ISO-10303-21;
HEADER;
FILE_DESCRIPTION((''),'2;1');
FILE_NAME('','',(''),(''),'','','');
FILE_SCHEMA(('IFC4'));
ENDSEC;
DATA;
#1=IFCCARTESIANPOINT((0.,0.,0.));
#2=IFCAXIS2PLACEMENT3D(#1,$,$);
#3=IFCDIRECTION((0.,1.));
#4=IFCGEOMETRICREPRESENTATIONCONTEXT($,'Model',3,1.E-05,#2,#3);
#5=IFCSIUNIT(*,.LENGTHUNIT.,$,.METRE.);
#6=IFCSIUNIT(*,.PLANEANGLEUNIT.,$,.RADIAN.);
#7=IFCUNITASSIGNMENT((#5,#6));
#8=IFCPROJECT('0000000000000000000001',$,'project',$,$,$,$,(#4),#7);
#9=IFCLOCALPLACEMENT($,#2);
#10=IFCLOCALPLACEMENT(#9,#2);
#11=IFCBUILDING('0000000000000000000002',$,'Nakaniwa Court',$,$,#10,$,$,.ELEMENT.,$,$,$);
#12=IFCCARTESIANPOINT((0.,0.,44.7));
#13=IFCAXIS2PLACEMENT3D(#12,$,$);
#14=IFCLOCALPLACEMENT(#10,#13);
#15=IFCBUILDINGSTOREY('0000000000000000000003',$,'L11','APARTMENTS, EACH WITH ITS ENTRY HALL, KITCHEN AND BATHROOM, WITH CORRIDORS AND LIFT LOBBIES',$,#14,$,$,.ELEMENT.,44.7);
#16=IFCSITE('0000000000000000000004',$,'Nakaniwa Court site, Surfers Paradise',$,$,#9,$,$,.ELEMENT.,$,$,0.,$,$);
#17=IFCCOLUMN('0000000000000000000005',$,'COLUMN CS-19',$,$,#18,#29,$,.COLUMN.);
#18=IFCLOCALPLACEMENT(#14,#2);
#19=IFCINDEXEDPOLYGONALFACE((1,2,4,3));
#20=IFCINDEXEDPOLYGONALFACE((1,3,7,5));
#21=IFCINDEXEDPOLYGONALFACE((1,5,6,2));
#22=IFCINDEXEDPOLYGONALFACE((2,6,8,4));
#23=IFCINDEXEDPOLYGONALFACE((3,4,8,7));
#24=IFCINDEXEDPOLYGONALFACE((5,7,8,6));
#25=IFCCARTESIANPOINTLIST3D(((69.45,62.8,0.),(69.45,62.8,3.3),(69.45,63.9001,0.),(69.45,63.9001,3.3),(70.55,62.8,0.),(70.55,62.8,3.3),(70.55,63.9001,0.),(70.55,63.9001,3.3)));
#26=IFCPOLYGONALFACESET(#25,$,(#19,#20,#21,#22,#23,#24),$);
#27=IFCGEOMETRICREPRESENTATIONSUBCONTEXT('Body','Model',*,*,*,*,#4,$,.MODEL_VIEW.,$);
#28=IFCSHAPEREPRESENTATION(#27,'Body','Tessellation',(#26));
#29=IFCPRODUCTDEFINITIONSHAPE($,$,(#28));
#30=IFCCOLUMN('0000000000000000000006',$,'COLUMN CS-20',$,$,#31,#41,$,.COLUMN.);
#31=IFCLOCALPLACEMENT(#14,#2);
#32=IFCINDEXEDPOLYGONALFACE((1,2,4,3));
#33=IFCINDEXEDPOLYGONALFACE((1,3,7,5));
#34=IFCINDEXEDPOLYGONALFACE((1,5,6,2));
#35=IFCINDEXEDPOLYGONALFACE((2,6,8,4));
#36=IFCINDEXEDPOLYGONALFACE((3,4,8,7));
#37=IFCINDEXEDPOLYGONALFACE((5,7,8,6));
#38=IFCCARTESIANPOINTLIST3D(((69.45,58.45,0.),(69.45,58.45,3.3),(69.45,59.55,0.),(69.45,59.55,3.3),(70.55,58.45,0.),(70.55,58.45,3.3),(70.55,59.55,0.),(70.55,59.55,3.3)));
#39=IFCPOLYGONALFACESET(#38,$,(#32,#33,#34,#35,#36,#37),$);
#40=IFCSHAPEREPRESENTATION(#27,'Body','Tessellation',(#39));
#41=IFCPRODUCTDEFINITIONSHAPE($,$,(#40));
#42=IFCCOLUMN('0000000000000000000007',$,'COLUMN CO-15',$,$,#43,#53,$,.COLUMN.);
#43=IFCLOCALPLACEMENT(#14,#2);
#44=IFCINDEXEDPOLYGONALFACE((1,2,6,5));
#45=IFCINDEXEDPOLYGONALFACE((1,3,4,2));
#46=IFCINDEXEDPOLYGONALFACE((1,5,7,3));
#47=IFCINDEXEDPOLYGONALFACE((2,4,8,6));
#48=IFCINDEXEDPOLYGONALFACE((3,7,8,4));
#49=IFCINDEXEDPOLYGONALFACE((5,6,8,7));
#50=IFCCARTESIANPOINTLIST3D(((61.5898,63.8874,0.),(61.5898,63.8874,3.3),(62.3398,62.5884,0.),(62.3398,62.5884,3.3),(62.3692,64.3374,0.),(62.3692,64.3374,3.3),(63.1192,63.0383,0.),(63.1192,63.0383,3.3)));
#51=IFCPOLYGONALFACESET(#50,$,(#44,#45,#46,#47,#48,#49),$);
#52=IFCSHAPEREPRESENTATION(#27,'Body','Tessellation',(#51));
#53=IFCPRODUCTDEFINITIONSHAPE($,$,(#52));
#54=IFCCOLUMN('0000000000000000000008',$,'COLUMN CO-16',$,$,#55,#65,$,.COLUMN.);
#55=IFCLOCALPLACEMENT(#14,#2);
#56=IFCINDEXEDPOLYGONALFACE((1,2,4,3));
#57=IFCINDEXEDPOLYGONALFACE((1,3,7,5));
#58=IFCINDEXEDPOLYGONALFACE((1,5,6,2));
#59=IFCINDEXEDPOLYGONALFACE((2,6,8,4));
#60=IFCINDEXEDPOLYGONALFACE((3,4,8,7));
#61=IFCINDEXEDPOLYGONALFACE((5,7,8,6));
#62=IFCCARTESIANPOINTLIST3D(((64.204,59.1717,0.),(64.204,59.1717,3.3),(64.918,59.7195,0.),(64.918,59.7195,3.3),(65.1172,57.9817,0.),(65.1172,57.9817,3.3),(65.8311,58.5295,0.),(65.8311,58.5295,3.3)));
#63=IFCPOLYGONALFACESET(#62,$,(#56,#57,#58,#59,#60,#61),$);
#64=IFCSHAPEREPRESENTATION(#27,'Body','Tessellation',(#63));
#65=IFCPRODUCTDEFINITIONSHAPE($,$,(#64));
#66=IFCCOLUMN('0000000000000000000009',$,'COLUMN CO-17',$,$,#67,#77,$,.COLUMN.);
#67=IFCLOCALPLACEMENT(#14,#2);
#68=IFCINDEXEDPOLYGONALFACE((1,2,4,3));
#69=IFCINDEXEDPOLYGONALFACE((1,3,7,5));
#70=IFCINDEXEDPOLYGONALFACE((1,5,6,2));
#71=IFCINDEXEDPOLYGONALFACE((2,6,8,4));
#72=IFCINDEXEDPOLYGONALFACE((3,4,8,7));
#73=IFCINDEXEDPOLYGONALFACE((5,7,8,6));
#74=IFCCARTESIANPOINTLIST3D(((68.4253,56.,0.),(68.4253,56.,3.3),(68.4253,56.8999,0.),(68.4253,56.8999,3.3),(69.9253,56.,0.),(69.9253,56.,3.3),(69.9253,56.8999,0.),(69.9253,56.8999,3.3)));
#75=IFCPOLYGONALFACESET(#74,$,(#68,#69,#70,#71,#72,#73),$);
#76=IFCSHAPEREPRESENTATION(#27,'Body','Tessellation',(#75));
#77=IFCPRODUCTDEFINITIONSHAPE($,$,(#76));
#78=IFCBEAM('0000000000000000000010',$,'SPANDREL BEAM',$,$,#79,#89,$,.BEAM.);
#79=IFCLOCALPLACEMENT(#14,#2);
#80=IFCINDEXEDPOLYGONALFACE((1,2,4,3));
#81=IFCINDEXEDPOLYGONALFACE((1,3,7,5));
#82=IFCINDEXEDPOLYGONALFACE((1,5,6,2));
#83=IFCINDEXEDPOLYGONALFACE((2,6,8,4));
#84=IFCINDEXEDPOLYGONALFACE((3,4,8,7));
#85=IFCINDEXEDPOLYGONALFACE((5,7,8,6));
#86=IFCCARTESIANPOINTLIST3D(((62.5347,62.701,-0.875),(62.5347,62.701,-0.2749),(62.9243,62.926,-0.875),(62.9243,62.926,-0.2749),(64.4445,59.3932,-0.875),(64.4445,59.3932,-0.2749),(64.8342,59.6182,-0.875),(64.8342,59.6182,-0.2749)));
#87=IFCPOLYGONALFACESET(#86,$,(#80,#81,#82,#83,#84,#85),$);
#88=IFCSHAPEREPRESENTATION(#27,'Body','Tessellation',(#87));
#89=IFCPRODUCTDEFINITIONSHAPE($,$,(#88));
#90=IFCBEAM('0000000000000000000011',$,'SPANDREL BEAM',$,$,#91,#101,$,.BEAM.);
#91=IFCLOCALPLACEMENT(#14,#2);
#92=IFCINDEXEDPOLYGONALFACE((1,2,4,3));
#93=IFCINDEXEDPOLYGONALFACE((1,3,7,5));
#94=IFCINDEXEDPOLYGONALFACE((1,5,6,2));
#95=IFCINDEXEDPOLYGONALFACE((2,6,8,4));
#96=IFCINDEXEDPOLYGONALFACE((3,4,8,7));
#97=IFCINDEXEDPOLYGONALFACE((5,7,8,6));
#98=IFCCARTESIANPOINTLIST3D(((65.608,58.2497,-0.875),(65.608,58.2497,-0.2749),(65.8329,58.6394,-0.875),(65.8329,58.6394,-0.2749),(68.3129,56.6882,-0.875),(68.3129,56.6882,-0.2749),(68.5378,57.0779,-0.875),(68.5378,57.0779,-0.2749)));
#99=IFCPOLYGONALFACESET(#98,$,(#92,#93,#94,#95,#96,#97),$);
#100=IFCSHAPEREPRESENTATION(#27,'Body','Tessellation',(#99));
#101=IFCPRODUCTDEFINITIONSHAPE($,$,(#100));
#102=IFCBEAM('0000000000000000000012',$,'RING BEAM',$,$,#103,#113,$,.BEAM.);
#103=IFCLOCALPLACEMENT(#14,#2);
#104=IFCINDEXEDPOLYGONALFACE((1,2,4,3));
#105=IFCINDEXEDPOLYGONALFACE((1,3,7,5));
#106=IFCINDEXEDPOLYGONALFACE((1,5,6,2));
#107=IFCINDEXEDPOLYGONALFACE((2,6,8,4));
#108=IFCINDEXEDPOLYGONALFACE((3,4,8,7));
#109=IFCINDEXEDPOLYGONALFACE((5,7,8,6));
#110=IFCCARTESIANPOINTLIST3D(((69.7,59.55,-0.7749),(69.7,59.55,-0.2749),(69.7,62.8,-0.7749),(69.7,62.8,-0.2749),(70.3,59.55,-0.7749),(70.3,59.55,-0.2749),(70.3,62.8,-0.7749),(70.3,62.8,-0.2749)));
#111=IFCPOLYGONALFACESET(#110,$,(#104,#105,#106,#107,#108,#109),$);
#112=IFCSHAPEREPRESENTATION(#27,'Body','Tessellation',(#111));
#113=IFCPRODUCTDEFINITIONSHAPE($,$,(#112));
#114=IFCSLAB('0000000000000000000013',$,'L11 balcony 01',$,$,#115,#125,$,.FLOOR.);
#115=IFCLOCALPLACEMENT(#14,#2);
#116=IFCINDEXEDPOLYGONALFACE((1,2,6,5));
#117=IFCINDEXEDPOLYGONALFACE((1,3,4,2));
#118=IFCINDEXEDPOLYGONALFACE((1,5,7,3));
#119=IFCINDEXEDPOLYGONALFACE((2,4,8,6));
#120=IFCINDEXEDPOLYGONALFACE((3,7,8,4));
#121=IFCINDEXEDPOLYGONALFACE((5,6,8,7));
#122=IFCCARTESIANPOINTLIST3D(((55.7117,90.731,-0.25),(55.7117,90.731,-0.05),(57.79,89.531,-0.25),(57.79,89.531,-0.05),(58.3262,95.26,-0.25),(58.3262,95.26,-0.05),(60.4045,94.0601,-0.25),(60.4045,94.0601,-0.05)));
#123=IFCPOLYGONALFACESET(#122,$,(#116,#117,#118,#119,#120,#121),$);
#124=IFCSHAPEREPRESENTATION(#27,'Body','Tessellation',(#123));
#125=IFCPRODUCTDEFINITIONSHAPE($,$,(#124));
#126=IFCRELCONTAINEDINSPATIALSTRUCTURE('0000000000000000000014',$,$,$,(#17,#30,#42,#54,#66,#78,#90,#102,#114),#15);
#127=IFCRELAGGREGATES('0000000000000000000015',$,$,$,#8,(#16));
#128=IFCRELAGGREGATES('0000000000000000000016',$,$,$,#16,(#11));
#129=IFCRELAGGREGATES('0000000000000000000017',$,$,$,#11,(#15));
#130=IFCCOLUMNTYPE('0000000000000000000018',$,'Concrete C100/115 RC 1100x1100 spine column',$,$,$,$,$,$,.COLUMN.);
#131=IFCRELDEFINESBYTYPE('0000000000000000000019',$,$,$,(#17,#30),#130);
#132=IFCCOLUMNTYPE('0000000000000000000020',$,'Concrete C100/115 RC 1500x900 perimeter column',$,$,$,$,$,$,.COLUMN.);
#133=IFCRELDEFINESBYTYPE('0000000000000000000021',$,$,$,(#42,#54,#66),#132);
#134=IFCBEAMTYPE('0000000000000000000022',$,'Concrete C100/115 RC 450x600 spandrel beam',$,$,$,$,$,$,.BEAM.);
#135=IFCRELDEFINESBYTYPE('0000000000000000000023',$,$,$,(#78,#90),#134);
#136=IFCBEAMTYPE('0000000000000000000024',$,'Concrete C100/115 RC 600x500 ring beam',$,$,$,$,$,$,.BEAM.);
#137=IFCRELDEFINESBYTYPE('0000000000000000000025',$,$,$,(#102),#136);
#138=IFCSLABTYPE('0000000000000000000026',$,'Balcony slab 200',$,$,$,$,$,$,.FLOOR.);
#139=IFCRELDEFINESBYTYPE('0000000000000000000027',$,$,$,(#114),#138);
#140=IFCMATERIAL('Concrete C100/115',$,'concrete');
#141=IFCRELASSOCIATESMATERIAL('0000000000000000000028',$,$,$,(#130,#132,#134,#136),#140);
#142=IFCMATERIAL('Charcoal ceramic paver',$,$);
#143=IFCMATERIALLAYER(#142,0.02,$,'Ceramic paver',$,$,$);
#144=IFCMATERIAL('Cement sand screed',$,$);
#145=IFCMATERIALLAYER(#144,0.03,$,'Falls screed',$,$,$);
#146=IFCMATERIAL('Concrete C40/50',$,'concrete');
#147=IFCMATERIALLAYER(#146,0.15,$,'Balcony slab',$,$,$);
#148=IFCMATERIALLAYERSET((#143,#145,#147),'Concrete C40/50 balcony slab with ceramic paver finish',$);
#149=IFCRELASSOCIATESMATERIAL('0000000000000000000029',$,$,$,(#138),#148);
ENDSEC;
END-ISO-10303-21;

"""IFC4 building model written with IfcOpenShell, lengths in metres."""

from ifc_helpers import new_model, si_unit, direction, frame, origin, origin_2d, place, context, subcontext, project, spatial, polyline, rectangle, outline, extrude, material, layer, layer_set, material_profile, profile_set, type_object, element, save


model = new_model("IFC4")

# Units and contexts
model_context = context("Model", 3, precision=1e-05, world=origin(), true_north=direction((0.0, 1.0)))
body_context = subcontext(model_context, "Body", "Model", "MODEL_VIEW")
ifc_project = project(units=[si_unit("LENGTHUNIT", "METRE"), si_unit("PLANEANGLEUNIT", "RADIAN")], contexts=[model_context])

# Site, building, storey
site_placement = place(None, origin())
site = spatial("IfcSite", under=ifc_project, at=site_placement, Name="Nakaniwa Court site, Surfers Paradise", CompositionType="ELEMENT", RefElevation=0.0)
building_placement = place(site_placement, origin())
building = spatial("IfcBuilding", under=site, at=building_placement, Name="Nakaniwa Court", CompositionType="ELEMENT")
storey_placement = place(building_placement, frame((0.0, 0.0, 44.7)))
storey = spatial("IfcBuildingStorey", under=building, at=storey_placement, Name="L11", Description="APARTMENTS, EACH WITH ITS ENTRY HALL, KITCHEN AND BATHROOM, WITH CORRIDORS AND LIFT LOBBIES", CompositionType="ELEMENT", Elevation=44.7)

# Columns
ifc_material_1 = material(Name="Concrete C100/115", Category="concrete")
ifc_material_profile_1 = material_profile(ifc_material_1, rectangle(XDim=1.1001, YDim=1.1001, at=origin_2d()), Name="Concrete C100/115 RC 1100x1100 spine column")
ifc_profile_set_1 = profile_set([ifc_material_profile_1], Name="Concrete C100/115")
column_type_1 = type_object("IfcColumnType", Name="Concrete C100/115 RC 1100x1100 spine column", PredefinedType="COLUMN", material=ifc_profile_set_1)
for number, where, z_axis, x_axis, name in (
    (1, (70.0, 63.3501, 0.0), (0.0, 0.0, 1.0), (0.0, -1.0, 0.0), "COLUMN CS-19"),
    (2, (70.0, 59.0, 0.0), (0.0, 0.0, 1.0), (0.0, -1.0, 0.0), "COLUMN CS-20"),
):
    element("IfcColumn", number, at=place(storey_placement, frame(where, z_axis=z_axis, x_axis=x_axis)), inside=storey, type_object=column_type_1, Name=name, PredefinedType="COLUMN", context=body_context, shape_type="SweptSolid", body=[
        extrude(rectangle(XDim=1.1001, YDim=1.1001, at=origin_2d()), origin(), (0.0, 0.0, 1.0), 3.3),
    ])
ifc_material_profile_2 = material_profile(ifc_material_1, rectangle(XDim=1.5, YDim=0.8999, at=origin_2d()), Name="Concrete C100/115 RC 1500x900 perimeter column")
ifc_profile_set_2 = profile_set([ifc_material_profile_2], Name="Concrete C100/115")
column_type_2 = type_object("IfcColumnType", Name="Concrete C100/115 RC 1500x900 perimeter column", PredefinedType="COLUMN", material=ifc_profile_set_2)
for number, where, z_axis, x_axis, name in (
    (3, (62.3545, 63.4629, 0.0), (0.0, 0.0, 1.0), (0.5, -0.866025, 0.0), "COLUMN CO-15"),
    (4, (65.0176, 58.8506, 0.0), (0.0, 0.0, 1.0), (0.608761, -0.793353, 0.0), "COLUMN CO-16"),
    (5, (69.1753, 56.45, 0.0), (0.0, 0.0, 1.0), (1.0, 0.0, 0.0), "COLUMN CO-17"),
):
    element("IfcColumn", number, at=place(storey_placement, frame(where, z_axis=z_axis, x_axis=x_axis)), inside=storey, type_object=column_type_2, Name=name, PredefinedType="COLUMN", context=body_context, shape_type="SweptSolid", body=[
        extrude(rectangle(XDim=1.5, YDim=0.8999, at=origin_2d()), origin(), (0.0, 0.0, 1.0), 3.3),
    ])

# Beams
ifc_material_profile_3 = material_profile(ifc_material_1, rectangle(XDim=0.45, YDim=0.6001, at=origin_2d()), Name="Concrete C100/115 RC 450x600 spandrel beam")
ifc_profile_set_3 = profile_set([ifc_material_profile_3], Name="Concrete C100/115")
beam_type_1 = type_object("IfcBeamType", Name="Concrete C100/115 RC 450x600 spandrel beam", PredefinedType="BEAM", material=ifc_profile_set_3)
beam_1_placement = place(storey_placement, frame((62.7295, 62.8135, -0.575), z_axis=(0.500023, -0.866012, 0.0), x_axis=(0.866012, 0.500023, 0.0)))
element("IfcBeam", 6, at=beam_1_placement, inside=storey, type_object=beam_type_1, Name="SPANDREL BEAM", PredefinedType="BEAM", context=body_context, shape_type="SweptSolid", body=[
    extrude(rectangle(XDim=0.45, YDim=0.6001, at=origin_2d()), origin(), (0.0, 0.0, 1.0), 3.8196),
])
beam_2_placement = place(storey_placement, frame((65.7205, 58.4446, -0.575), z_axis=(0.866041, -0.499973, 0.0), x_axis=(0.499973, 0.866041, 0.0)))
element("IfcBeam", 7, at=beam_2_placement, inside=storey, type_object=beam_type_1, Name="SPANDREL BEAM", PredefinedType="BEAM", context=body_context, shape_type="SweptSolid", body=[
    extrude(rectangle(XDim=0.45, YDim=0.6001, at=origin_2d()), origin(), (0.0, 0.0, 1.0), 3.1233),
])
ifc_material_profile_4 = material_profile(ifc_material_1, rectangle(XDim=0.6001, YDim=0.5, at=origin_2d()), Name="Concrete C100/115 RC 600x500 ring beam")
ifc_profile_set_4 = profile_set([ifc_material_profile_4], Name="Concrete C100/115")
beam_type_2 = type_object("IfcBeamType", Name="Concrete C100/115 RC 600x500 ring beam", PredefinedType="BEAM", material=ifc_profile_set_4)
beam_3_placement = place(storey_placement, frame((70.0, 62.8, -0.5249), z_axis=(0.0, -1.0, 0.0), x_axis=(1.0, 0.0, 0.0)))
element("IfcBeam", 8, at=beam_3_placement, inside=storey, type_object=beam_type_2, Name="RING BEAM", PredefinedType="BEAM", context=body_context, shape_type="SweptSolid", body=[
    extrude(rectangle(XDim=0.6001, YDim=0.5, at=origin_2d()), origin(), (0.0, 0.0, 1.0), 3.25),
])

# Slab
ifc_material_2 = material(Name="Charcoal ceramic paver")
ifc_layer_1 = layer(ifc_material_2, 0.02, Name="Ceramic paver")
ifc_material_3 = material(Name="Cement sand screed")
ifc_layer_2 = layer(ifc_material_3, 0.03, Name="Falls screed")
ifc_material_4 = material(Name="Concrete C40/50", Category="concrete")
ifc_layer_3 = layer(ifc_material_4, 0.15, Name="Balcony slab")
ifc_layer_set_1 = layer_set([ifc_layer_1, ifc_layer_2, ifc_layer_3], Name="Concrete C40/50 balcony slab with ceramic paver finish")
slab_type_1 = type_object("IfcSlabType", Name="Balcony slab 200", PredefinedType="FLOOR", material=ifc_layer_set_1)
slab_1_placement = place(storey_placement, frame((0.0, 0.0, -0.25)))
element("IfcSlab", 9, at=slab_1_placement, inside=storey, type_object=slab_type_1, Name="L11 balcony 01", PredefinedType="FLOOR", context=body_context, shape_type="SweptSolid", body=[
    extrude(outline(polyline([(60.4045, 94.0601), (57.79, 89.531), (55.7117, 90.731), (58.3262, 95.26), (60.4045, 94.0601)])), origin(), (0.0, 0.0, 1.0), 0.2),
])

save(model, "model.ifc")
